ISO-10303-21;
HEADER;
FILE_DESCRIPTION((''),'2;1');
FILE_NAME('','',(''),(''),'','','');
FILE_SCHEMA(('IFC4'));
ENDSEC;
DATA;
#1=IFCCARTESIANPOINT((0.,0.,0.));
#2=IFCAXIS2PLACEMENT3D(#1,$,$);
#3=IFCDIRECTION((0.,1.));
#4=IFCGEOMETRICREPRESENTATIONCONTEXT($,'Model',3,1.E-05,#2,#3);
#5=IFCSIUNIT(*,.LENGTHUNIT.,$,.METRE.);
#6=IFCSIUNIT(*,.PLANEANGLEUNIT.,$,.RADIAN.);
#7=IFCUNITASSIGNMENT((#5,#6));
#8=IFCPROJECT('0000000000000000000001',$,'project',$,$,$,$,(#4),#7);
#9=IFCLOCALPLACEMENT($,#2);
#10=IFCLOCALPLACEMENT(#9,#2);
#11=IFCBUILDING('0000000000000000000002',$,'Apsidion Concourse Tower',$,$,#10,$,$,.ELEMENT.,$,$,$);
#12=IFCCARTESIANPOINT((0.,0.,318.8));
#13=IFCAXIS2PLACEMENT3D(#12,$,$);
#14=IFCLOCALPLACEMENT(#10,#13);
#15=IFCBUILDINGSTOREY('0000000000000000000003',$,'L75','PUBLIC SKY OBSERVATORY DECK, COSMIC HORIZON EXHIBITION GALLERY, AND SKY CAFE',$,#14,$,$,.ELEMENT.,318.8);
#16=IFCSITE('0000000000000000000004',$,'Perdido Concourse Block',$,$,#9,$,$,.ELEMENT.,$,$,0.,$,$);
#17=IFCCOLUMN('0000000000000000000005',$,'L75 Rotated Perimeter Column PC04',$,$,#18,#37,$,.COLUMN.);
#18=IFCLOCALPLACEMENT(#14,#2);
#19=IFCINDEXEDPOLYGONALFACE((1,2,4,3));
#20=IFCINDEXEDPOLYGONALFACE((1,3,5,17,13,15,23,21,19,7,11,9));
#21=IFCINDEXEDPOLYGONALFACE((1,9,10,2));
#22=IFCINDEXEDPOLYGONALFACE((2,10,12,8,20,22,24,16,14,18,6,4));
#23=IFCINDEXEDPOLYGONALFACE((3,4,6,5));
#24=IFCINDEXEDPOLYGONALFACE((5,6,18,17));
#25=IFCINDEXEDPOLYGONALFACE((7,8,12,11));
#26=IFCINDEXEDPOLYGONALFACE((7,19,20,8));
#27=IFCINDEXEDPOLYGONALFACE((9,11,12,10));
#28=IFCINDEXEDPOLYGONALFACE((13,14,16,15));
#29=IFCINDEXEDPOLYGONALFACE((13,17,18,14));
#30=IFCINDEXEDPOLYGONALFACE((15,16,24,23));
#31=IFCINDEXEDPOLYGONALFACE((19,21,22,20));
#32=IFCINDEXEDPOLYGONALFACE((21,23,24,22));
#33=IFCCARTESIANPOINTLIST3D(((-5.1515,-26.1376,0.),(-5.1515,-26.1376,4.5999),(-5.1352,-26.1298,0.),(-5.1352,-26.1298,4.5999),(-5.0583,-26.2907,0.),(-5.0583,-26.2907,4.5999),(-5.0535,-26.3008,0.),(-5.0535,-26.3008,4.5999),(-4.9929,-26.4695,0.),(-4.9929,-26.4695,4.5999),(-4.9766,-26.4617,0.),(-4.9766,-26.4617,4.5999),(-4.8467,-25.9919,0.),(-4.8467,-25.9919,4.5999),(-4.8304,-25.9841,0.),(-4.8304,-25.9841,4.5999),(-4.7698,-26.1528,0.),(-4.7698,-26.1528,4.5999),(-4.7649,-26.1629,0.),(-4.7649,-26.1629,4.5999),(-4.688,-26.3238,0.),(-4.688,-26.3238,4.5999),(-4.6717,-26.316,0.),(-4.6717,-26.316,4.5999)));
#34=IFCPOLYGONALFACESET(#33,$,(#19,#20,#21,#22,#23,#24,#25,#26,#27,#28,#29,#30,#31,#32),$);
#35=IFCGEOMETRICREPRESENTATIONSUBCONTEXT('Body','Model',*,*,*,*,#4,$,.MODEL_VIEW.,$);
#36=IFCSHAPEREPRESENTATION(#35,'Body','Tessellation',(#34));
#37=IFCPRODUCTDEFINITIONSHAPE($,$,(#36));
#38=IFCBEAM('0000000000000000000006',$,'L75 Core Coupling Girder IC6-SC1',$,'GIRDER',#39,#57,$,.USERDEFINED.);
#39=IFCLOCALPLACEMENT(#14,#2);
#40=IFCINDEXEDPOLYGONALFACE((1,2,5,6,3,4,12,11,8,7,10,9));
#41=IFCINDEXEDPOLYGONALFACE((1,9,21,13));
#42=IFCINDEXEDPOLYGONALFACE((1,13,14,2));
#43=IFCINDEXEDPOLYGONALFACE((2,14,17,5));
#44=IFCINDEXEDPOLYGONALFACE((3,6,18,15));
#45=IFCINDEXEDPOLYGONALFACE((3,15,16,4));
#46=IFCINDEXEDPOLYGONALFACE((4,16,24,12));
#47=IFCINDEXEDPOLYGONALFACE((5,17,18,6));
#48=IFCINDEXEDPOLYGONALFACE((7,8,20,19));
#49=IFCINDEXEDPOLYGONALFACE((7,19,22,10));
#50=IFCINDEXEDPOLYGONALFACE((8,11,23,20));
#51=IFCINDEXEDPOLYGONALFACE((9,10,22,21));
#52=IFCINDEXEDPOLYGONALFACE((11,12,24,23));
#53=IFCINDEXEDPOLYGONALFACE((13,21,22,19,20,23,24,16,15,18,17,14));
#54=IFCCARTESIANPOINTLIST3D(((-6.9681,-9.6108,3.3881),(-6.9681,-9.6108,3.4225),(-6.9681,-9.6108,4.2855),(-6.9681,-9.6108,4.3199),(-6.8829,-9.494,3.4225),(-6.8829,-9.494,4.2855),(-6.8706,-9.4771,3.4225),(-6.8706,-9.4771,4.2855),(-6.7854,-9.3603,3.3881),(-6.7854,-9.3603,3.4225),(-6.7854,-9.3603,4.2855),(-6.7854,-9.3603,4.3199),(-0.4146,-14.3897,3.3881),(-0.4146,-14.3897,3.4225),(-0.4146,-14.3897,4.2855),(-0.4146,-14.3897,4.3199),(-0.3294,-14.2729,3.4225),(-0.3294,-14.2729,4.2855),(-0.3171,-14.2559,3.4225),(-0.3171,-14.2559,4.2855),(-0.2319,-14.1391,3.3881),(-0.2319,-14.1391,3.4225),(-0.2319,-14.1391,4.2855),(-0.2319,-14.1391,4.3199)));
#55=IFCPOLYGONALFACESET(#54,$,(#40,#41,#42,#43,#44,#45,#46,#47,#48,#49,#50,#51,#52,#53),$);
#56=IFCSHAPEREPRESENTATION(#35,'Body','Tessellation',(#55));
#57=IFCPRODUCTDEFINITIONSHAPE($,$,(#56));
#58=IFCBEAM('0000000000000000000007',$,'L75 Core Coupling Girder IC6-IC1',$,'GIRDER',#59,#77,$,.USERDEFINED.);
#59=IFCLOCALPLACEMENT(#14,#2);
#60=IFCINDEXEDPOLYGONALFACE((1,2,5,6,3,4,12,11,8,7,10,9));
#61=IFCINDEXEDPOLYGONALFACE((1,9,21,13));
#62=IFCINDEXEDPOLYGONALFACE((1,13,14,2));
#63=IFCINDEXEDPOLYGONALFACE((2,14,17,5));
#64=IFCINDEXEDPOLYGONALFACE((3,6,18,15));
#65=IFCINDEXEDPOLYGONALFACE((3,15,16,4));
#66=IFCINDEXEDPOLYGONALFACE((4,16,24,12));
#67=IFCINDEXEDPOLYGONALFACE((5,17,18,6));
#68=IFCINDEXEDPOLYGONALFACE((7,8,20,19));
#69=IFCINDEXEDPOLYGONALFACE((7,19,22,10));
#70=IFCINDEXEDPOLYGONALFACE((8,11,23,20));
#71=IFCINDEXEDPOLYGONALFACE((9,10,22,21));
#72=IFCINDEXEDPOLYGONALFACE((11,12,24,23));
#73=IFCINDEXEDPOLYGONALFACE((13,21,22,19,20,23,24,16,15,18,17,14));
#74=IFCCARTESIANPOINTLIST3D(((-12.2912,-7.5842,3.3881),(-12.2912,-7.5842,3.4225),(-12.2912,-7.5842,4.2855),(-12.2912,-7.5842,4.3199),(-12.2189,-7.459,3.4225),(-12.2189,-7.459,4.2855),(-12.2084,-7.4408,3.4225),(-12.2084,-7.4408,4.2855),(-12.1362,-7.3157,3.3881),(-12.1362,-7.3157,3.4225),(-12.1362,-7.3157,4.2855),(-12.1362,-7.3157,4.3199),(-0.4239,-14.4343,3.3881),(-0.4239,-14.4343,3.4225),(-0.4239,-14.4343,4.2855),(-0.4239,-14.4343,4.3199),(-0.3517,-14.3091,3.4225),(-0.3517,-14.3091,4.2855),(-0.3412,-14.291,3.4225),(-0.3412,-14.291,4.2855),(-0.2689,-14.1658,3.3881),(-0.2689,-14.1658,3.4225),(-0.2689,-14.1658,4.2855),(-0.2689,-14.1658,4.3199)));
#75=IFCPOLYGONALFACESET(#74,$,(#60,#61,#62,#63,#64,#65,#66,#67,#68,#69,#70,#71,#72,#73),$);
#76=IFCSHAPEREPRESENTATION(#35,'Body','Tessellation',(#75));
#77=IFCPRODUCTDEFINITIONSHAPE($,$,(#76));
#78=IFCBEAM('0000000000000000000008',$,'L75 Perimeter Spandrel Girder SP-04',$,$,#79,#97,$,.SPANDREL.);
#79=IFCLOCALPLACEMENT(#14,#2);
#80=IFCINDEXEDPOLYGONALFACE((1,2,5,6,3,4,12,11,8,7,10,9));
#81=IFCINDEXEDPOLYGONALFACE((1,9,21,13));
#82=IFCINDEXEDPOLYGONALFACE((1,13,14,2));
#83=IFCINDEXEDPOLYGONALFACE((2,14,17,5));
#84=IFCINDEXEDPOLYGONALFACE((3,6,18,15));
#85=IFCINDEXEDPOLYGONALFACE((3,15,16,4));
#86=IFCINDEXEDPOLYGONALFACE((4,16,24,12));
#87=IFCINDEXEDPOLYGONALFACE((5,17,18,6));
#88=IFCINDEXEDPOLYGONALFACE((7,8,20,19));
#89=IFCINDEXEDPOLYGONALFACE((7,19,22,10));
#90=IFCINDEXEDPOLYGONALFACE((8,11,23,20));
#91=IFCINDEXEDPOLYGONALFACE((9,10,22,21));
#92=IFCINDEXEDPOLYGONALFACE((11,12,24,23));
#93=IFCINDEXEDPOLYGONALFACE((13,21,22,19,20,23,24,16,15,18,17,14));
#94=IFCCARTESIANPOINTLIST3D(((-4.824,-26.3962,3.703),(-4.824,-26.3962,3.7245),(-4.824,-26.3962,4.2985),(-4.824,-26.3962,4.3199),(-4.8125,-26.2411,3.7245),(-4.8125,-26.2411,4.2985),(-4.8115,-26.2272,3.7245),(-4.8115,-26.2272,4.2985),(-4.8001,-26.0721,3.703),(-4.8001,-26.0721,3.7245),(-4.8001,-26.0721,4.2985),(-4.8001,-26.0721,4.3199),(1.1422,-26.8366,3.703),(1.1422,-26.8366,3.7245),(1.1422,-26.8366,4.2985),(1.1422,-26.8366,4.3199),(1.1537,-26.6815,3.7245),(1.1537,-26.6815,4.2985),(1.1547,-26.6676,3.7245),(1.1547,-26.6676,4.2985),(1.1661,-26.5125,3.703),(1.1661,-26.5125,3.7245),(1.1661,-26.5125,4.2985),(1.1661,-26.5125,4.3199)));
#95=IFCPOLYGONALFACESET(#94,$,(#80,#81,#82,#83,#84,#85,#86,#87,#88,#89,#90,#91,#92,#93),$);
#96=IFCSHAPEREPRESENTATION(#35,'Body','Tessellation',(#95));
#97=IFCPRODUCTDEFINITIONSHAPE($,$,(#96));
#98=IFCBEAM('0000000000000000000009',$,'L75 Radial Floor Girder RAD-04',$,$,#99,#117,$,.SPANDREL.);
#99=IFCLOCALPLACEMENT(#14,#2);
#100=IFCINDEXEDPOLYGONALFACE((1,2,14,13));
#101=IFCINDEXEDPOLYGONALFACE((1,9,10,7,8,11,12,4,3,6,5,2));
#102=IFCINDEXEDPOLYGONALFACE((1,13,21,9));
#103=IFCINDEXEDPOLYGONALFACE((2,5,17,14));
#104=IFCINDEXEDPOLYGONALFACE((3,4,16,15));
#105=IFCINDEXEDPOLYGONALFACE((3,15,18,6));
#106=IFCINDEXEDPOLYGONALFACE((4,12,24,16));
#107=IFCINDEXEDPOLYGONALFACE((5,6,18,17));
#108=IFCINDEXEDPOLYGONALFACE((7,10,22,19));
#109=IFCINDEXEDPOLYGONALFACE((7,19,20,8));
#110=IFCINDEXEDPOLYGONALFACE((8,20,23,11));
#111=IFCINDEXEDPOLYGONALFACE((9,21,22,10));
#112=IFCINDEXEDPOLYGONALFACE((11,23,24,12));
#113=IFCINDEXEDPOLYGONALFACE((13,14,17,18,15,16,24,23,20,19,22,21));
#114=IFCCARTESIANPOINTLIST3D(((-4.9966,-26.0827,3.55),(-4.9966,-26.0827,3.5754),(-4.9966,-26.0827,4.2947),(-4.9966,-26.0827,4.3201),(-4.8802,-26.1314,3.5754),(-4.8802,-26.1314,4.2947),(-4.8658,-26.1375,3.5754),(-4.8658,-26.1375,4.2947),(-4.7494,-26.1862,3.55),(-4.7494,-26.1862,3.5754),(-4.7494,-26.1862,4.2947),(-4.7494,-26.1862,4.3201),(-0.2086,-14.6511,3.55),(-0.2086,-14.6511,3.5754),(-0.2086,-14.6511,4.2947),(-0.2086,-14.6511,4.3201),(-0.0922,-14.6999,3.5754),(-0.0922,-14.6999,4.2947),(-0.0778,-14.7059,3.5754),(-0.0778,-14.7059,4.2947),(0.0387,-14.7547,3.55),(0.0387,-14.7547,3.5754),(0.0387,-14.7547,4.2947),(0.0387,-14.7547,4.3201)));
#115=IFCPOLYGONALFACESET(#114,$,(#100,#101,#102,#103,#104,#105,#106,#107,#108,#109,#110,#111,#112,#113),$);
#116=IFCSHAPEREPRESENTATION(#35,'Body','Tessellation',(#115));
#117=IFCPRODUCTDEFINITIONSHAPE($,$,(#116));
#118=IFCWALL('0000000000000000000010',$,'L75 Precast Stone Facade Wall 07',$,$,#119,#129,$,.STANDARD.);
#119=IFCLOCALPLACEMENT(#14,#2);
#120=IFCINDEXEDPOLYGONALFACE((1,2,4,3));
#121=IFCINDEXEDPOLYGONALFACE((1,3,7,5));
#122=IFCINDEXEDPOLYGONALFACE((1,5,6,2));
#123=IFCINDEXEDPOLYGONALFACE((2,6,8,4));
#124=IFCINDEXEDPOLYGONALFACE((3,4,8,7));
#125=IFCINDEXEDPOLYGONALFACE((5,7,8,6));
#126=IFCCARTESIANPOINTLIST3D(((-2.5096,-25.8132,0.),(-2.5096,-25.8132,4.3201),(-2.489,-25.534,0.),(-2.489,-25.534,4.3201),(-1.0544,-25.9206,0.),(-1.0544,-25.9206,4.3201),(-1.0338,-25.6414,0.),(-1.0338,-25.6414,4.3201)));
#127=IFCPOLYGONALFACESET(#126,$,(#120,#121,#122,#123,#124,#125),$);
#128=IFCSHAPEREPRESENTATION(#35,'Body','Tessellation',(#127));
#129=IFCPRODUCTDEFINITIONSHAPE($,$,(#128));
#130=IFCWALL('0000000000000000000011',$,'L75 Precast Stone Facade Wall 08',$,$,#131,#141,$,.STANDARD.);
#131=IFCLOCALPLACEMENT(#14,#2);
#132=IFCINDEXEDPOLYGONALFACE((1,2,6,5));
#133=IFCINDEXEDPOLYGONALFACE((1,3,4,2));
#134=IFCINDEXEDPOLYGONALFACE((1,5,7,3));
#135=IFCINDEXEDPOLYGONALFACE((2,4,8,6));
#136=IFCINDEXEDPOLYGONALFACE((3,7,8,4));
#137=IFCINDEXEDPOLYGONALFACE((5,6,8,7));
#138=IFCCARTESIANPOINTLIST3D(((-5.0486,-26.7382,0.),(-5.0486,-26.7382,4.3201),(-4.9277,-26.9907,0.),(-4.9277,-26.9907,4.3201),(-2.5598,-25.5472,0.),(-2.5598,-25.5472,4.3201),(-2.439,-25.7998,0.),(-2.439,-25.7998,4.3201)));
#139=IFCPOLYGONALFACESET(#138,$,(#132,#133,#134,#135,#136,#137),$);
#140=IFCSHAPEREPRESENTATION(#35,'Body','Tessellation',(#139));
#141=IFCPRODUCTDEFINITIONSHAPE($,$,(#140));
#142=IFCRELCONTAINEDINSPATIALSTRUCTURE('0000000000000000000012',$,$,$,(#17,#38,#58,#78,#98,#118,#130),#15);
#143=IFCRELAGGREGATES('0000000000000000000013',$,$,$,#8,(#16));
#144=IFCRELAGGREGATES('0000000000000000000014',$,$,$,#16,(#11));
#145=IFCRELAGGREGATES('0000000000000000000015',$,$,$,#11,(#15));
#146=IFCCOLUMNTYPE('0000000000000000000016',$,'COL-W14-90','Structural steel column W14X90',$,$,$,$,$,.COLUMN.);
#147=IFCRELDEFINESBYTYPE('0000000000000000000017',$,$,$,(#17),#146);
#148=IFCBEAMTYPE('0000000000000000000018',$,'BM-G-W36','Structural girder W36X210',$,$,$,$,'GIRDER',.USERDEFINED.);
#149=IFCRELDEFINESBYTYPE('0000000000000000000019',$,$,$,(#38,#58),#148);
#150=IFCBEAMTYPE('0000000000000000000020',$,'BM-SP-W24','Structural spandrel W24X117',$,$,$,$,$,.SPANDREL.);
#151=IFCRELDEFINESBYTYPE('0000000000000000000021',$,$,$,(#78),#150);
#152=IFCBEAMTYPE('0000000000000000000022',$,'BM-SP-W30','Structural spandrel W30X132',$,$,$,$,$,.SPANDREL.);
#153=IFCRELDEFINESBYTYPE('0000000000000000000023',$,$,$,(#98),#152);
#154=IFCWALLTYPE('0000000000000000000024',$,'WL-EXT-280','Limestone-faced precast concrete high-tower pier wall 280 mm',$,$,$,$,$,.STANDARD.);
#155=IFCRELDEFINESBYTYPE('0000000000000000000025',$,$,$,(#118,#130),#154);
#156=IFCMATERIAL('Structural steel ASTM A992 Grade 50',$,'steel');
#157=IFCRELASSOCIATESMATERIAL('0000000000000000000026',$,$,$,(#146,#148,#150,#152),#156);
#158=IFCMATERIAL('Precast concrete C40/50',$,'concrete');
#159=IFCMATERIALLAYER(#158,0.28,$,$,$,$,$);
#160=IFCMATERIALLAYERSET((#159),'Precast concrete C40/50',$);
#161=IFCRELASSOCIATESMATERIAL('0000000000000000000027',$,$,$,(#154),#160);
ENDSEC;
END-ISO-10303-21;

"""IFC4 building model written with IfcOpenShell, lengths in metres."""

from ifc_helpers import new_model, si_unit, direction, frame, frame_2d, origin, origin_2d, place, context, subcontext, project, spatial, rectangle, i_section, extrude, material, layer, layer_set, material_profile, profile_set, type_object, element, save


model = new_model("IFC4")

# Units and contexts
model_context = context("Model", 3, precision=1e-05, world=origin(), true_north=direction((0.0, 1.0)))
body_context = subcontext(model_context, "Body", "Model", "MODEL_VIEW")
ifc_project = project(units=[si_unit("LENGTHUNIT", "METRE"), si_unit("PLANEANGLEUNIT", "RADIAN")], contexts=[model_context])

# Site, building, storey
site_placement = place(None, origin())
site = spatial("IfcSite", under=ifc_project, at=site_placement, Name="Perdido Concourse Block", CompositionType="ELEMENT", RefElevation=0.0)
building_placement = place(site_placement, origin())
building = spatial("IfcBuilding", under=site, at=building_placement, Name="Apsidion Concourse Tower", CompositionType="ELEMENT")
storey_placement = place(building_placement, frame((0.0, 0.0, 318.8)))
storey = spatial("IfcBuildingStorey", under=building, at=storey_placement, Name="L75", Description="PUBLIC SKY OBSERVATORY DECK, COSMIC HORIZON EXHIBITION GALLERY, AND SKY CAFE", CompositionType="ELEMENT", Elevation=318.8)

# Column
ifc_material_1 = material(Name="Structural steel ASTM A992 Grade 50", Category="steel")
ifc_material_profile_1 = material_profile(ifc_material_1, i_section(OverallWidth=0.3679, OverallDepth=0.356, WebThickness=0.0112, FlangeThickness=0.0181, at=origin_2d()), Name="W14X90")
ifc_profile_set_1 = profile_set([ifc_material_profile_1], Name="Structural steel ASTM A992 Grade 50")
column_type = type_object("IfcColumnType", Name="COL-W14-90", Description="Structural steel column W14X90", PredefinedType="COLUMN", material=ifc_profile_set_1)
column_placement = place(storey_placement, frame((-4.9116, -26.2268, 0.0), z_axis=(0.0, 0.0, 1.0), x_axis=(-0.431299, 0.902209, 0.0)))
element("IfcColumn", 1, at=column_placement, inside=storey, type_object=column_type, Name="L75 Rotated Perimeter Column PC04", PredefinedType="COLUMN", context=body_context, shape_type="SweptSolid", body=[
    extrude(i_section(OverallWidth=0.3679, OverallDepth=0.356, WebThickness=0.0112, FlangeThickness=0.0181, at=origin_2d()), origin(), (0.0, 0.0, 1.0), 4.5999),
])

# Beams
ifc_material_profile_2 = material_profile(ifc_material_1, i_section(OverallWidth=0.3101, OverallDepth=0.9319, WebThickness=0.021, FlangeThickness=0.0344, at=origin_2d()), Name="W36X210")
ifc_profile_set_2 = profile_set([ifc_material_profile_2], Name="Structural steel ASTM A992 Grade 50")
beam_type_1 = type_object("IfcBeamType", Name="BM-G-W36", Description="Structural girder W36X210", ElementType="GIRDER", PredefinedType="USERDEFINED", material=ifc_profile_set_2)
beam_1_placement = place(storey_placement, frame((-0.3232, -14.2644, 3.854), z_axis=(-0.807993, 0.589191, 0.0), x_axis=(-0.589191, -0.807993, 0.0)))
element("IfcBeam", 2, at=beam_1_placement, inside=storey, type_object=beam_type_1, Name="L75 Core Coupling Girder IC6-SC1", ObjectType="GIRDER", PredefinedType="USERDEFINED", context=body_context, shape_type="SweptSolid", body=[
    extrude(i_section(OverallWidth=0.3101, OverallDepth=0.9319, WebThickness=0.021, FlangeThickness=0.0344, at=origin_2d()), origin(), (0.0, 0.0, 1.0), 8.1108),
])
beam_2_placement = place(storey_placement, frame((-0.3464, -14.3, 3.854), z_axis=(-0.86607, 0.499922, 0.0), x_axis=(-0.499922, -0.86607, 0.0)))
element("IfcBeam", 3, at=beam_2_placement, inside=storey, type_object=beam_type_1, Name="L75 Core Coupling Girder IC6-IC1", ObjectType="GIRDER", PredefinedType="USERDEFINED", context=body_context, shape_type="SweptSolid", body=[
    extrude(i_section(OverallWidth=0.3101, OverallDepth=0.9319, WebThickness=0.021, FlangeThickness=0.0344, at=origin_2d()), origin(), (0.0, 0.0, 1.0), 13.7024),
])
ifc_material_profile_3 = material_profile(ifc_material_1, i_section(OverallWidth=0.325, OverallDepth=0.6169, WebThickness=0.0139, FlangeThickness=0.0215, at=origin_2d()), Name="W24X117")
ifc_profile_set_3 = profile_set([ifc_material_profile_3], Name="Structural steel ASTM A992 Grade 50")
beam_type_2 = type_object("IfcBeamType", Name="BM-SP-W24", Description="Structural spandrel W24X117", PredefinedType="SPANDREL", material=ifc_profile_set_3)
beam_3_placement = place(storey_placement, frame((-4.812, -26.2341, 4.0115), z_axis=(0.997286, -0.073619, 0.0), x_axis=(0.073619, 0.997286, 0.0)))
element("IfcBeam", 4, at=beam_3_placement, inside=storey, type_object=beam_type_2, Name="L75 Perimeter Spandrel Girder SP-04", PredefinedType="SPANDREL", context=body_context, shape_type="SweptSolid", body=[
    extrude(i_section(OverallWidth=0.325, OverallDepth=0.6169, WebThickness=0.0139, FlangeThickness=0.0215, at=origin_2d()), origin(), (0.0, 0.0, 1.0), 5.9824),
])
ifc_material_profile_4 = material_profile(ifc_material_1, i_section(OverallWidth=0.2681, OverallDepth=0.77, WebThickness=0.0156, FlangeThickness=0.0254, at=origin_2d()), Name="W30X132")
ifc_profile_set_4 = profile_set([ifc_material_profile_4], Name="Structural steel ASTM A992 Grade 50")
beam_type_3 = type_object("IfcBeamType", Name="BM-SP-W30", Description="Structural spandrel W30X132", PredefinedType="SPANDREL", material=ifc_profile_set_4)
beam_4_placement = place(storey_placement, frame((-0.085, -14.7029, 3.9351), z_axis=(-0.386327, -0.922362, 0.0), x_axis=(0.922362, -0.386327, 0.0)))
element("IfcBeam", 5, at=beam_4_placement, inside=storey, type_object=beam_type_3, Name="L75 Radial Floor Girder RAD-04", PredefinedType="SPANDREL", context=body_context, shape_type="SweptSolid", body=[
    extrude(i_section(OverallWidth=0.2681, OverallDepth=0.77, WebThickness=0.0156, FlangeThickness=0.0254, at=origin_2d()), origin(), (0.0, 0.0, 1.0), 12.3938),
])

# Walls
ifc_material_2 = material(Name="Precast concrete C40/50", Category="concrete")
ifc_layer_1 = layer(ifc_material_2, 0.28)
ifc_layer_set_1 = layer_set([ifc_layer_1], Name="Precast concrete C40/50")
wall_type_1 = type_object("IfcWallType", Name="WL-EXT-280", Description="Limestone-faced precast concrete high-tower pier wall 280 mm", PredefinedType="STANDARD", material=ifc_layer_set_1)
wall_1_placement = place(storey_placement, frame((-1.0442, -25.781, 0.0), z_axis=(0.0, 0.0, 1.0), x_axis=(-0.997287, 0.073613, 0.0)))
element("IfcWall", 6, at=wall_1_placement, inside=storey, type_object=wall_type_1, Name="L75 Precast Stone Facade Wall 07", PredefinedType="STANDARD", context=body_context, shape_type="SweptSolid", body=[
    extrude(rectangle(XDim=1.4592, YDim=0.28, at=frame_2d((0.7295, 0.0))), origin(), (0.0, 0.0, 1.0), 4.3201),
])
wall_2_placement = place(storey_placement, frame((-2.4995, -25.6736, 0.0), z_axis=(0.0, 0.0, 1.0), x_axis=(-0.902044, -0.431643, 0.0)))
element("IfcWall", 7, at=wall_2_placement, inside=storey, type_object=wall_type_1, Name="L75 Precast Stone Facade Wall 08", PredefinedType="STANDARD", context=body_context, shape_type="SweptSolid", body=[
    extrude(rectangle(XDim=2.759, YDim=0.28, at=frame_2d((1.3794, 0.0))), origin(), (0.0, 0.0, 1.0), 4.3201),
])

save(model, "model.ifc")
